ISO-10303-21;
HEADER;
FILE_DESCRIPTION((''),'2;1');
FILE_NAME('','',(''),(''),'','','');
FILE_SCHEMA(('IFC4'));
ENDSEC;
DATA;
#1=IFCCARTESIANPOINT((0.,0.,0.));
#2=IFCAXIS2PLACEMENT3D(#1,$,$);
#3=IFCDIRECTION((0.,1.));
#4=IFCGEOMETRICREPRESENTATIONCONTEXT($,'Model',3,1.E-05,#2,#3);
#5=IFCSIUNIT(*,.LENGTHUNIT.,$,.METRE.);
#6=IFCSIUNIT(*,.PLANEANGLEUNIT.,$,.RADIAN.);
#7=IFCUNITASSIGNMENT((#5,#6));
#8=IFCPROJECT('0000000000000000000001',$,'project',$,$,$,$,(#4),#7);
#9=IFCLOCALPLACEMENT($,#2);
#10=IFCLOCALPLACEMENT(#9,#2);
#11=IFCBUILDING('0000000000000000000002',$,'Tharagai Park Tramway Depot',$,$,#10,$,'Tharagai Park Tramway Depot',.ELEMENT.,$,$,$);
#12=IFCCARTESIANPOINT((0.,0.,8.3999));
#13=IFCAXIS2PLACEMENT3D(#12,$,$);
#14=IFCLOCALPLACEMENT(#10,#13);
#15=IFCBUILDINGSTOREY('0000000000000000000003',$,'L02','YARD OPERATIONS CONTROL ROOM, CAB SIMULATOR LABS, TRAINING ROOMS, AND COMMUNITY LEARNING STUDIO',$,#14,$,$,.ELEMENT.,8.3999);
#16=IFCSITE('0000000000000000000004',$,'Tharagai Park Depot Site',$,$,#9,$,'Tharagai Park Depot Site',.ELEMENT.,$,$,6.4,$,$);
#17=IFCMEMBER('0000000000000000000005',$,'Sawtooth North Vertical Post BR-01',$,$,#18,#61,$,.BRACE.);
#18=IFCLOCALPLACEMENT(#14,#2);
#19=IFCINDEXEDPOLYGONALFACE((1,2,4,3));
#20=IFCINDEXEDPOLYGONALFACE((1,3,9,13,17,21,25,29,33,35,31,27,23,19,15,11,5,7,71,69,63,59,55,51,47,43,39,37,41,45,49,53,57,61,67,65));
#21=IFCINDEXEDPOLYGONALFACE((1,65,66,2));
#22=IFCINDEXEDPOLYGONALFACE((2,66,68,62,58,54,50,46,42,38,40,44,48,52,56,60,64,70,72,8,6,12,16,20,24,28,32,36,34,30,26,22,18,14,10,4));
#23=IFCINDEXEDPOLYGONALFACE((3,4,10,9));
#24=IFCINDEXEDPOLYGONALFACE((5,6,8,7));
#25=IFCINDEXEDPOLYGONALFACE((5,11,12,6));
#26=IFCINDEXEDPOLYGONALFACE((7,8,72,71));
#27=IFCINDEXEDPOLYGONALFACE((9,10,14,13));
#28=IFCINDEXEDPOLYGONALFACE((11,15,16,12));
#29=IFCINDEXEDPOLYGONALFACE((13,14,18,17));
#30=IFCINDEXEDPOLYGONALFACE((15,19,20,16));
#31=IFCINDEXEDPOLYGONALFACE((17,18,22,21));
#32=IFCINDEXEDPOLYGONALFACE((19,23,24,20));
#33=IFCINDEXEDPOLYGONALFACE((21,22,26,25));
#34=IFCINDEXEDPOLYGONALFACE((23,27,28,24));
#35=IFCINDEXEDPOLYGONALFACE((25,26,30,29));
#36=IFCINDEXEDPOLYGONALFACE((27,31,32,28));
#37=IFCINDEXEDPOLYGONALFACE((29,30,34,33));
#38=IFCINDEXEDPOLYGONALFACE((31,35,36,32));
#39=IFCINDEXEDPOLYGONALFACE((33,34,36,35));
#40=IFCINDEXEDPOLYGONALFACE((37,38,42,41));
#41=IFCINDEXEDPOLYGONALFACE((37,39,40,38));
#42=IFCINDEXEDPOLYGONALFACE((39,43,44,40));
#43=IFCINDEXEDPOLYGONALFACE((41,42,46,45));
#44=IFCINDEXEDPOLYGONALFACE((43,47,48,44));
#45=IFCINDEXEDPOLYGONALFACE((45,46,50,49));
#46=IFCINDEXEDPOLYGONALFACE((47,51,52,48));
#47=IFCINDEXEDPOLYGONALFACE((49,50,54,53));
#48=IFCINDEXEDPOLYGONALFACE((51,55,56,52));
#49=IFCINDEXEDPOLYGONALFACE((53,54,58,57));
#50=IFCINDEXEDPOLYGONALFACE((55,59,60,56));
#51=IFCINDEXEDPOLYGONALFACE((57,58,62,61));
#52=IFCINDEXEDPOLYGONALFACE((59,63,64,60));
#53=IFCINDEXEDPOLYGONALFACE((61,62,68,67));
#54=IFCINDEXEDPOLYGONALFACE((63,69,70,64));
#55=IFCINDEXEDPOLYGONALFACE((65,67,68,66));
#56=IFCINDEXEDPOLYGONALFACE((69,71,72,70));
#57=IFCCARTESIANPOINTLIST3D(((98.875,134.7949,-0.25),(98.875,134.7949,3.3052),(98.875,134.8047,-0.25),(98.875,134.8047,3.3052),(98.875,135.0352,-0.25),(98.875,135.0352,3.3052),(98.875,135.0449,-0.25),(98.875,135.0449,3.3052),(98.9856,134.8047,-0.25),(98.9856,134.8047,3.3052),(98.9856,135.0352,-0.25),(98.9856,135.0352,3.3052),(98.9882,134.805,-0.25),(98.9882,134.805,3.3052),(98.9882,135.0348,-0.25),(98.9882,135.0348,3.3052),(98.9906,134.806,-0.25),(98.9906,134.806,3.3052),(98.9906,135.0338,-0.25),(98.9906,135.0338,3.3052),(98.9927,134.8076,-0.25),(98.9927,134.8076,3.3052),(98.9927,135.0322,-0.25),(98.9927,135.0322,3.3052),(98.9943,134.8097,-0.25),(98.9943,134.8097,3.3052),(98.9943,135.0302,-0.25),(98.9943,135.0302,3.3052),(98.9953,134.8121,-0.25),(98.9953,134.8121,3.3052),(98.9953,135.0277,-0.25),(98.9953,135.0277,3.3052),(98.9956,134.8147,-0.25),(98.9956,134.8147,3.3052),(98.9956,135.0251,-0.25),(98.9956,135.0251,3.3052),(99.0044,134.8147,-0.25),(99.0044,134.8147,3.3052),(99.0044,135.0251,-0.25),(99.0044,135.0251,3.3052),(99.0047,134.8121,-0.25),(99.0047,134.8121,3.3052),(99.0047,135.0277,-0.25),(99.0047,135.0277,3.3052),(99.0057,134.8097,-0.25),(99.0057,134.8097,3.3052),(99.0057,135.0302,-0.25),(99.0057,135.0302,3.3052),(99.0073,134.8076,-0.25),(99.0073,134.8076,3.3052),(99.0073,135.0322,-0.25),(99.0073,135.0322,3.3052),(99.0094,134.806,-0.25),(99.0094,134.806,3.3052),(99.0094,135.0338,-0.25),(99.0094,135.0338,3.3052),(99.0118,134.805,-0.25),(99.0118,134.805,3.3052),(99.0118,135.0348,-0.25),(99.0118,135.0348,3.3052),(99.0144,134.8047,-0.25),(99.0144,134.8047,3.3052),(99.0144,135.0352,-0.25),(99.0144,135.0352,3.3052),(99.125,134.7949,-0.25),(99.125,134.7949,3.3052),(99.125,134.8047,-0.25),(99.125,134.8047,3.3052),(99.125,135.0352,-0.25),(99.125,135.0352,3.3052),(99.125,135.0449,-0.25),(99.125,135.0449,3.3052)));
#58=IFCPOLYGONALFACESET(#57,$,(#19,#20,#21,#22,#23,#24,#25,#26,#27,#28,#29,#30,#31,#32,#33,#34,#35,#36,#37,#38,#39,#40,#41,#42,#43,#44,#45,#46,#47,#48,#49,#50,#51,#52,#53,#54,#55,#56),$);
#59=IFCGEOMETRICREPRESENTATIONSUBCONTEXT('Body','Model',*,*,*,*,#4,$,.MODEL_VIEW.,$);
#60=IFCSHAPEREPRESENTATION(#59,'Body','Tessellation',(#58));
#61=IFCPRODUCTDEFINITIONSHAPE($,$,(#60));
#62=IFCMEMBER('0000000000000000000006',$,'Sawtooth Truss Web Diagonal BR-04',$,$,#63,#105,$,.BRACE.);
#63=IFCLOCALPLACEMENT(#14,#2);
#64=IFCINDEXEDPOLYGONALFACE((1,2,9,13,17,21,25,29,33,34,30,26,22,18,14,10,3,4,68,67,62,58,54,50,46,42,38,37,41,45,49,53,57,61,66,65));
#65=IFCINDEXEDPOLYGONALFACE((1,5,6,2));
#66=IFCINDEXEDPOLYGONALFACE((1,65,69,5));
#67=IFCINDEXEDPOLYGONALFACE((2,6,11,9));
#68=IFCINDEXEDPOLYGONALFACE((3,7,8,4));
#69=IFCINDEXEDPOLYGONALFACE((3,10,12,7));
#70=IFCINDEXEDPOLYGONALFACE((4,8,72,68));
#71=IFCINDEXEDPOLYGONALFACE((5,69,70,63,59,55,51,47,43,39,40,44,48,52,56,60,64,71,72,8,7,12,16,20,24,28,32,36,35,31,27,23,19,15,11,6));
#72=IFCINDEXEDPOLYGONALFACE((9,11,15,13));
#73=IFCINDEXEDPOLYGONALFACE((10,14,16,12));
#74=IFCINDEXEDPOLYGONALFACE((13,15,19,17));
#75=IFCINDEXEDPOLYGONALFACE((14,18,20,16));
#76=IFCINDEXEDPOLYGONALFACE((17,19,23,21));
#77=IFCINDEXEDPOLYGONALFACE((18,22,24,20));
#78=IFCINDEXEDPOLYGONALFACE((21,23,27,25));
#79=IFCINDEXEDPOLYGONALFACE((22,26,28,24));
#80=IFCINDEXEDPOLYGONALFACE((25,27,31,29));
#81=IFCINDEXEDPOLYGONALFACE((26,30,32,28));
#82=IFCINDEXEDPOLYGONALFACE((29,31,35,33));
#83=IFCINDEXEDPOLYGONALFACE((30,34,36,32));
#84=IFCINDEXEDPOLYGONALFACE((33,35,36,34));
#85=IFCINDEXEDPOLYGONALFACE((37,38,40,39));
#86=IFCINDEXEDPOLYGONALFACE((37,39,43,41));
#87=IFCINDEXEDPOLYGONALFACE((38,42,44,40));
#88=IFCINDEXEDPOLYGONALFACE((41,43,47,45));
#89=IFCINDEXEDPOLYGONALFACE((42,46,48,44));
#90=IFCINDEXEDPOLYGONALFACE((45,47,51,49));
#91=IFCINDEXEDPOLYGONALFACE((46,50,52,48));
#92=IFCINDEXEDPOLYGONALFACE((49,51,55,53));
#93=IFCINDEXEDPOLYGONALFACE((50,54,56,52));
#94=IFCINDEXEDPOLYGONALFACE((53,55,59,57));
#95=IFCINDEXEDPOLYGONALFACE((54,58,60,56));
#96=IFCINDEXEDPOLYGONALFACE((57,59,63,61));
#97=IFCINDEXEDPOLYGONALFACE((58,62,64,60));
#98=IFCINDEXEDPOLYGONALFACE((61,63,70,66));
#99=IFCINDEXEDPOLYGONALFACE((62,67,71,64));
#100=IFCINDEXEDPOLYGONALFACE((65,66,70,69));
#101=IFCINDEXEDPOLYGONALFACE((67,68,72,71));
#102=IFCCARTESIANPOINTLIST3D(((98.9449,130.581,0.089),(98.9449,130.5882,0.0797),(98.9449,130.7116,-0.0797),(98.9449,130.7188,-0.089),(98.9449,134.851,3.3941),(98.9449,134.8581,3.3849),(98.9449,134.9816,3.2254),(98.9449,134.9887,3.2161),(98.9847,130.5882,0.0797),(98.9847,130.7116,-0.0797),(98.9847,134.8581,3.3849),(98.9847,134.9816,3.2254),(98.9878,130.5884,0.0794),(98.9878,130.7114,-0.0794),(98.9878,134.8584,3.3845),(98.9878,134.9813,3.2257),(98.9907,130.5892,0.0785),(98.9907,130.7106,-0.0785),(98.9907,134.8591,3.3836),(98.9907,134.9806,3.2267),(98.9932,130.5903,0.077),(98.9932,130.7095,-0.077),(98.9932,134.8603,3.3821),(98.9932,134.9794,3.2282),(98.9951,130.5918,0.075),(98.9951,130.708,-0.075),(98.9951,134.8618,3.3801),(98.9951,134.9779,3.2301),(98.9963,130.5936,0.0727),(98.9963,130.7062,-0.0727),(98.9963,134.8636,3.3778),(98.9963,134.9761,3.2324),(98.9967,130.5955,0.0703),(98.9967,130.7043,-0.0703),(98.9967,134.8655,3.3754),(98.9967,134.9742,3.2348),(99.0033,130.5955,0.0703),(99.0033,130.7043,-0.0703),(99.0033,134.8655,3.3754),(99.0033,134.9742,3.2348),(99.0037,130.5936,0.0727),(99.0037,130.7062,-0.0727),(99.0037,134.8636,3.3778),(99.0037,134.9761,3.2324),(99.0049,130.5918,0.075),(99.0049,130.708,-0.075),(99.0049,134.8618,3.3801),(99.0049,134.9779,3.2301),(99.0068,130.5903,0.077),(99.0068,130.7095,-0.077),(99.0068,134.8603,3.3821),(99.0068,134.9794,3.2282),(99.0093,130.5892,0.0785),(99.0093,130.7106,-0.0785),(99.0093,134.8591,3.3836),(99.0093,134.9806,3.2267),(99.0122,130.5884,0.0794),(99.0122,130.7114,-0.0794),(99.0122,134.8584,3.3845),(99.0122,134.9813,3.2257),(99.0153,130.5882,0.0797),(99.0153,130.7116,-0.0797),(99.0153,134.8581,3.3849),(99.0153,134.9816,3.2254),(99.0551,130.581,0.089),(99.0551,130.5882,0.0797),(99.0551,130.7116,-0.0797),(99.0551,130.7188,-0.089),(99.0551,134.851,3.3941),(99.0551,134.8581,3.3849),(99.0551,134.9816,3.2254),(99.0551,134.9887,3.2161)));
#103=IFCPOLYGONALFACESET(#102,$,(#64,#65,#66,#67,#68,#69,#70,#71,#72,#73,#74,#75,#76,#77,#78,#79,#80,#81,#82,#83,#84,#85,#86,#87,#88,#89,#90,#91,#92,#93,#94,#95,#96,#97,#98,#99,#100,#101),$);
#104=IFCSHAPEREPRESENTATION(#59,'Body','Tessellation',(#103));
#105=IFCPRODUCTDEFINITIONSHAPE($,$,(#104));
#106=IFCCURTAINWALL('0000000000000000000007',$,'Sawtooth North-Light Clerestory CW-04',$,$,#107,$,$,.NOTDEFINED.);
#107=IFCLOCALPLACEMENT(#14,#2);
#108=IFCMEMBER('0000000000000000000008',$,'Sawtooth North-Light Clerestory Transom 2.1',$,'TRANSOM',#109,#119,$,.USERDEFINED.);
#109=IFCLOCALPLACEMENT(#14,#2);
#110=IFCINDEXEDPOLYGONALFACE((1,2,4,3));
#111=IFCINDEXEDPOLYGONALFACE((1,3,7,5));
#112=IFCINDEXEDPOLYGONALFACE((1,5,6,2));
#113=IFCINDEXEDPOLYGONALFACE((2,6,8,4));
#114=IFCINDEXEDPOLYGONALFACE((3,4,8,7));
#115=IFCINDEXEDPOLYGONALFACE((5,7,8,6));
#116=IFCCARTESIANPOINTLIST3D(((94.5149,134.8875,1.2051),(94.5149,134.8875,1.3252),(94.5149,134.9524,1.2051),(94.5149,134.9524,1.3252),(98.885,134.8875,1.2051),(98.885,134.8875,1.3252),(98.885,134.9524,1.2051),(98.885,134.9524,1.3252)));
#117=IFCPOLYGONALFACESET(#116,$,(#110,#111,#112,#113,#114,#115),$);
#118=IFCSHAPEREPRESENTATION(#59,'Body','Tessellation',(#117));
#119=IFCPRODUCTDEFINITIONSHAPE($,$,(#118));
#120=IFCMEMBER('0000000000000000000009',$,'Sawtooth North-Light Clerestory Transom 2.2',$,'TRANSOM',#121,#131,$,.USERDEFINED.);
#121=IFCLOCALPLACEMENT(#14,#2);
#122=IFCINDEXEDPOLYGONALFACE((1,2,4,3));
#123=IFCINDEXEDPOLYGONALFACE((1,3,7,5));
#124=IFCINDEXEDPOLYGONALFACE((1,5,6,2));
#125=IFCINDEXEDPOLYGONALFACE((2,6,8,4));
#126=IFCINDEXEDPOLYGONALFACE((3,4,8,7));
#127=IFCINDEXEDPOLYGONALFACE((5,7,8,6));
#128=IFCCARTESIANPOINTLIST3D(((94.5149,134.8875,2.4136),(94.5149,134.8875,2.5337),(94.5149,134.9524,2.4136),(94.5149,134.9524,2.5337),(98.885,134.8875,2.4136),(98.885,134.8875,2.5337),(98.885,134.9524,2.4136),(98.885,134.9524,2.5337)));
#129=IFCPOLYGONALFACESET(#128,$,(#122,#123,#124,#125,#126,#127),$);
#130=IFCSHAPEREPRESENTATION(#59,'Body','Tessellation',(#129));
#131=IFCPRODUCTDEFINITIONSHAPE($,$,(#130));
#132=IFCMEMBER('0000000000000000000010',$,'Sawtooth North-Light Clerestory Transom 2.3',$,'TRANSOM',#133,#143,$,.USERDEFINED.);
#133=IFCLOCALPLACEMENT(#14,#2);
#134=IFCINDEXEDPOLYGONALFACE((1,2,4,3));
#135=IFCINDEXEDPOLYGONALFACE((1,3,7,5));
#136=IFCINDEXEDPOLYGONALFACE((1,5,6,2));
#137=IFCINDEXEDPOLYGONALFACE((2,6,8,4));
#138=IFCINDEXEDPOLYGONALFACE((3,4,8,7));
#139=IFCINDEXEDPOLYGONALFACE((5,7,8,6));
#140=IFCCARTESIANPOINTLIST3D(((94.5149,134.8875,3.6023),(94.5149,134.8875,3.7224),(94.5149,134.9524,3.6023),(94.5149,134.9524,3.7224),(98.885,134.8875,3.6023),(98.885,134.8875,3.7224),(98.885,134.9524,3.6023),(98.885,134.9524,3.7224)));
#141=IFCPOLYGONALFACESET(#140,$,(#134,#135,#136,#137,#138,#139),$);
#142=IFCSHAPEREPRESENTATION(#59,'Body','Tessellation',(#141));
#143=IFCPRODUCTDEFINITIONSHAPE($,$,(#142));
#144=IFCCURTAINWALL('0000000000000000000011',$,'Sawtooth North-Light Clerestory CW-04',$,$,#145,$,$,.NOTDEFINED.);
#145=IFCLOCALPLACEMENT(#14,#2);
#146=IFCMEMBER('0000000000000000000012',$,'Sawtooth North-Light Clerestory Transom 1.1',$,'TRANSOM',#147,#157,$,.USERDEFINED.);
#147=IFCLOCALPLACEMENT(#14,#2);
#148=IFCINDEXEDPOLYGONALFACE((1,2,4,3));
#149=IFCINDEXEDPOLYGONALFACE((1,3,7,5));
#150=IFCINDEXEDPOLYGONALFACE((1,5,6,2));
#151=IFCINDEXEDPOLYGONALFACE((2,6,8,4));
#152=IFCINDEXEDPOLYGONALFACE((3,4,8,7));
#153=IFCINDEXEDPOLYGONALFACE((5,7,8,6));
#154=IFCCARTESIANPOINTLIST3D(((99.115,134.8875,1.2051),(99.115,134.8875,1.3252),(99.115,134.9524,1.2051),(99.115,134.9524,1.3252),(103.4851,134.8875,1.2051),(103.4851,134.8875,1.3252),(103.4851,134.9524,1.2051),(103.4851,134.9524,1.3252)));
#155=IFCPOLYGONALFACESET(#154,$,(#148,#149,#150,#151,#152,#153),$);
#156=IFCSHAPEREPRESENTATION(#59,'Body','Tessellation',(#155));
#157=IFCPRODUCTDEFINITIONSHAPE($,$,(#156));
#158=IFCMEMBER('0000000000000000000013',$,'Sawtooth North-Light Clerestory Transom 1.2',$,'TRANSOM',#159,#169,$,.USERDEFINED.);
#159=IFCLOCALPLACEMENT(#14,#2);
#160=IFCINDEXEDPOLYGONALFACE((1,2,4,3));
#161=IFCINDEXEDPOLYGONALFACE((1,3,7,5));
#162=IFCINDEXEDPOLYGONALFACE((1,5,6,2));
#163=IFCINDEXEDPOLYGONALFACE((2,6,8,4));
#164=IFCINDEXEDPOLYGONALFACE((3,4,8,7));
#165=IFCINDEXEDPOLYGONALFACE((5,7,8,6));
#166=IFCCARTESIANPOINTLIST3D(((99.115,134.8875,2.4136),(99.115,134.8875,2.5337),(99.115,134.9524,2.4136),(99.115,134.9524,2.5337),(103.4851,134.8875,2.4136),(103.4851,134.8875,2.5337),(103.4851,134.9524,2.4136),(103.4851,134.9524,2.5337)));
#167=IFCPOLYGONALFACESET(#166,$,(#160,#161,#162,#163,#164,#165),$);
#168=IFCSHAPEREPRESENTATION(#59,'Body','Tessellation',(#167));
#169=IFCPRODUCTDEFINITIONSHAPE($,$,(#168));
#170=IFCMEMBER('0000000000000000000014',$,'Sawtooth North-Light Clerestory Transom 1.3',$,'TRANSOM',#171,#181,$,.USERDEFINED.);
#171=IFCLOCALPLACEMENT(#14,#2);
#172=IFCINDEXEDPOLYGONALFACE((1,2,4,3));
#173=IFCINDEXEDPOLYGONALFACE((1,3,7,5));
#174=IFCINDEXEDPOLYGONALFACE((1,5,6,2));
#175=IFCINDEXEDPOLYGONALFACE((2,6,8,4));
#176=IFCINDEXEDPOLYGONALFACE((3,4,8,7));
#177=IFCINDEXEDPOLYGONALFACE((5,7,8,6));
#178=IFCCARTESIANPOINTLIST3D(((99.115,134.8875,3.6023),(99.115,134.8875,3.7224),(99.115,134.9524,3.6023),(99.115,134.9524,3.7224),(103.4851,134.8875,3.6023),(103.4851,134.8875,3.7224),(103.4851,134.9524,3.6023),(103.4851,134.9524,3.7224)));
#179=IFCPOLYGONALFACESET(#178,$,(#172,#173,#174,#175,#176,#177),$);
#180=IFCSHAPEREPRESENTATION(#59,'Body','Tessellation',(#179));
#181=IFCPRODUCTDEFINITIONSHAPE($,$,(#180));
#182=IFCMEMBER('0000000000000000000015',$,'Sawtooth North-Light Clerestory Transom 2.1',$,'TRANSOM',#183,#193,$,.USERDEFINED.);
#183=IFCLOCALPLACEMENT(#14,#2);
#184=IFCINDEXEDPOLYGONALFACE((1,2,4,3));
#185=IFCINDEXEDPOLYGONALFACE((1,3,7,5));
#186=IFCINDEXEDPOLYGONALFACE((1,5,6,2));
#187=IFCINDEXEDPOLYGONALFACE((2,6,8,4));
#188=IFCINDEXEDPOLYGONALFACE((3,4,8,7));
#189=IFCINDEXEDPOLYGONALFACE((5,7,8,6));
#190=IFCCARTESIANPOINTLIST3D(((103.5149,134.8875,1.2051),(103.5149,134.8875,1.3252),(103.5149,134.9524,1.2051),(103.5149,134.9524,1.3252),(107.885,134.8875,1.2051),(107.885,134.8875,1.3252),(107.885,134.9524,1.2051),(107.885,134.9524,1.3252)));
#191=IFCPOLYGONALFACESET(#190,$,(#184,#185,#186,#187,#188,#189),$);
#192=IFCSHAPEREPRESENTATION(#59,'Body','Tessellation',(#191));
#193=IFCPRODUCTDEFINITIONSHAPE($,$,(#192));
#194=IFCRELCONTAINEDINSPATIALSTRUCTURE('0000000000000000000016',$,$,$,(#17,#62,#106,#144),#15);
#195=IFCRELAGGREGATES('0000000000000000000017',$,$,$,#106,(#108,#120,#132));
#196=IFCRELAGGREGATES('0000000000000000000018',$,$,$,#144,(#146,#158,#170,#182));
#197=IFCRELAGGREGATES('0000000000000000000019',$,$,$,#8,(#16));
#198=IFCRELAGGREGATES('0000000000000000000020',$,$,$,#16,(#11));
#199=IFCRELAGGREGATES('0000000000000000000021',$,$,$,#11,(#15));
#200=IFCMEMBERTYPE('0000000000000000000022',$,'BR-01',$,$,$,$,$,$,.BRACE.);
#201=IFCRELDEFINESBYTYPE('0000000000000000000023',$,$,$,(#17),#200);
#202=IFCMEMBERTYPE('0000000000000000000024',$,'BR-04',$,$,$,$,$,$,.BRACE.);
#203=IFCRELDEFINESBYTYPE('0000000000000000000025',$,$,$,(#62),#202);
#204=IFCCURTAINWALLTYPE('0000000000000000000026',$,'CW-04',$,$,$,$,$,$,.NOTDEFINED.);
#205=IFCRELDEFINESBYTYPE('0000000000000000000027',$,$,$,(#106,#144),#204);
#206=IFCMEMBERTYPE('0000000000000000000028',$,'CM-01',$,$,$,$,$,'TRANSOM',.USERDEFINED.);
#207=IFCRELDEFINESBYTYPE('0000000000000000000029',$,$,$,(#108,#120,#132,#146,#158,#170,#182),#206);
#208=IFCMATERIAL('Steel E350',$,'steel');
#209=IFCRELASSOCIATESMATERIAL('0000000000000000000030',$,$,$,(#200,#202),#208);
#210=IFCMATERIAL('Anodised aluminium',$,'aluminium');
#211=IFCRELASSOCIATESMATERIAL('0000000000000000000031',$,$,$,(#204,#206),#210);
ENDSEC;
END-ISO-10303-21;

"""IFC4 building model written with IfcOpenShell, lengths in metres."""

from ifc_helpers import new_model, si_unit, direction, frame, origin, origin_2d, place, context, subcontext, project, spatial, rectangle, i_section, extrude, material, material_profile, profile_set, type_object, element, aggregate, save


model = new_model("IFC4")

# Units and contexts
model_context = context("Model", 3, precision=1e-05, world=origin(), true_north=direction((0.0, 1.0)))
body_context = subcontext(model_context, "Body", "Model", "MODEL_VIEW")
ifc_project = project(units=[si_unit("LENGTHUNIT", "METRE"), si_unit("PLANEANGLEUNIT", "RADIAN")], contexts=[model_context])

# Site, building, storey
site_placement = place(None, origin())
site = spatial("IfcSite", under=ifc_project, at=site_placement, Name="Tharagai Park Depot Site", LongName="Tharagai Park Depot Site", CompositionType="ELEMENT", RefElevation=6.4)
building_placement = place(site_placement, origin())
building = spatial("IfcBuilding", under=site, at=building_placement, Name="Tharagai Park Tramway Depot", LongName="Tharagai Park Tramway Depot", CompositionType="ELEMENT")
storey_placement = place(building_placement, frame((0.0, 0.0, 8.3999)))
storey = spatial("IfcBuildingStorey", under=building, at=storey_placement, Name="L02", Description="YARD OPERATIONS CONTROL ROOM, CAB SIMULATOR LABS, TRAINING ROOMS, AND COMMUNITY LEARNING STUDIO", CompositionType="ELEMENT", Elevation=8.3999)

# Members
ifc_material_1 = material(Name="Steel E350", Category="steel")
ifc_material_profile_1 = material_profile(ifc_material_1, i_section(OverallWidth=0.25, OverallDepth=0.25, WebThickness=0.0088, FlangeThickness=0.0098, FilletRadius=0.01, at=origin_2d()), Name="ISHB 250")
ifc_profile_set_1 = profile_set([ifc_material_profile_1], Name="Steel E350")
member_type_1 = type_object("IfcMemberType", Name="BR-01", PredefinedType="BRACE", material=ifc_profile_set_1)
member_1_placement = place(storey_placement, frame((99.0, 134.9199, -0.25), z_axis=(0.0, 0.0, 1.0), x_axis=(1.0, 0.0, 0.0)))
element("IfcMember", 1, at=member_1_placement, inside=storey, type_object=member_type_1, Name="Sawtooth North Vertical Post BR-01", PredefinedType="BRACE", context=body_context, shape_type="SweptSolid", body=[
    extrude(i_section(OverallWidth=0.25, OverallDepth=0.25, WebThickness=0.0088, FlangeThickness=0.0098, FilletRadius=0.01, at=origin_2d()), origin(), (0.0, 0.0, 1.0), 3.5552),
])
ifc_material_profile_2 = material_profile(ifc_material_1, i_section(OverallWidth=0.1101, OverallDepth=0.2251, WebThickness=0.0066, FlangeThickness=0.0117, FilletRadius=0.012, at=origin_2d()), Name="ISMB 225")
ifc_profile_set_2 = profile_set([ifc_material_profile_2], Name="Steel E350")
member_type_2 = type_object("IfcMemberType", Name="BR-04", PredefinedType="BRACE", material=ifc_profile_set_2)
member_2_placement = place(storey_placement, frame((99.0, 130.6499, 0.0), z_axis=(0.0, 0.790782, 0.612098), x_axis=(-1.0, 0.0, 0.0)))
element("IfcMember", 2, at=member_2_placement, inside=storey, type_object=member_type_2, Name="Sawtooth Truss Web Diagonal BR-04", PredefinedType="BRACE", context=body_context, shape_type="SweptSolid", body=[
    extrude(i_section(OverallWidth=0.1101, OverallDepth=0.2251, WebThickness=0.0066, FlangeThickness=0.0117, FilletRadius=0.012, at=origin_2d()), origin(), (0.0, 0.0, 1.0), 5.3997),
])

# Curtain walls, members
ifc_material_2 = material(Name="Anodised aluminium", Category="aluminium")
curtain_wall_type = type_object("IfcCurtainWallType", Name="CW-04", PredefinedType="NOTDEFINED", material=ifc_material_2)
curtain_wall_1_placement = place(storey_placement, origin())
curtain_wall_1 = element("IfcCurtainWall", 3, at=curtain_wall_1_placement, inside=storey, type_object=curtain_wall_type, Name="Sawtooth North-Light Clerestory CW-04", PredefinedType="NOTDEFINED")
ifc_material_profile_3 = material_profile(ifc_material_2, rectangle(XDim=0.0649, YDim=0.1201, at=origin_2d()), Name="ALU 65x120")
ifc_profile_set_3 = profile_set([ifc_material_profile_3], Name="Anodised aluminium")
member_type_3 = type_object("IfcMemberType", Name="CM-01", ElementType="TRANSOM", PredefinedType="USERDEFINED", material=ifc_profile_set_3)
member_3_placement = place(storey_placement, frame((94.5149, 134.9199, 1.2651), z_axis=(1.0, 0.0, 0.0), x_axis=(0.0, 1.0, 0.0)))
member_3 = element("IfcMember", 4, at=member_3_placement, type_object=member_type_3, Name="Sawtooth North-Light Clerestory Transom 2.1", ObjectType="TRANSOM", PredefinedType="USERDEFINED", context=body_context, shape_type="SweptSolid", body=[
    extrude(rectangle(XDim=0.0649, YDim=0.1201, at=origin_2d()), origin(), (0.0, 0.0, 1.0), 4.3701),
])
member_4_placement = place(storey_placement, frame((94.5149, 134.9199, 2.4736), z_axis=(1.0, 0.0, 0.0), x_axis=(0.0, 1.0, 0.0)))
member_4 = element("IfcMember", 5, at=member_4_placement, type_object=member_type_3, Name="Sawtooth North-Light Clerestory Transom 2.2", ObjectType="TRANSOM", PredefinedType="USERDEFINED", context=body_context, shape_type="SweptSolid", body=[
    extrude(rectangle(XDim=0.0649, YDim=0.1201, at=origin_2d()), origin(), (0.0, 0.0, 1.0), 4.3701),
])
member_5_placement = place(storey_placement, frame((94.5149, 134.9199, 3.6624), z_axis=(1.0, 0.0, 0.0), x_axis=(0.0, 1.0, 0.0)))
member_5 = element("IfcMember", 6, at=member_5_placement, type_object=member_type_3, Name="Sawtooth North-Light Clerestory Transom 2.3", ObjectType="TRANSOM", PredefinedType="USERDEFINED", context=body_context, shape_type="SweptSolid", body=[
    extrude(rectangle(XDim=0.0649, YDim=0.1201, at=origin_2d()), origin(), (0.0, 0.0, 1.0), 4.3701),
])
curtain_wall_2_placement = place(storey_placement, origin())
curtain_wall_2 = element("IfcCurtainWall", 7, at=curtain_wall_2_placement, inside=storey, type_object=curtain_wall_type, Name="Sawtooth North-Light Clerestory CW-04", PredefinedType="NOTDEFINED")
member_6_placement = place(storey_placement, frame((99.115, 134.9199, 1.2651), z_axis=(1.0, 0.0, 0.0), x_axis=(0.0, 1.0, 0.0)))
member_6 = element("IfcMember", 8, at=member_6_placement, type_object=member_type_3, Name="Sawtooth North-Light Clerestory Transom 1.1", ObjectType="TRANSOM", PredefinedType="USERDEFINED", context=body_context, shape_type="SweptSolid", body=[
    extrude(rectangle(XDim=0.0649, YDim=0.1201, at=origin_2d()), origin(), (0.0, 0.0, 1.0), 4.3701),
])
member_7_placement = place(storey_placement, frame((99.115, 134.9199, 2.4736), z_axis=(1.0, 0.0, 0.0), x_axis=(0.0, 1.0, 0.0)))
member_7 = element("IfcMember", 9, at=member_7_placement, type_object=member_type_3, Name="Sawtooth North-Light Clerestory Transom 1.2", ObjectType="TRANSOM", PredefinedType="USERDEFINED", context=body_context, shape_type="SweptSolid", body=[
    extrude(rectangle(XDim=0.0649, YDim=0.1201, at=origin_2d()), origin(), (0.0, 0.0, 1.0), 4.3701),
])
member_8_placement = place(storey_placement, frame((99.115, 134.9199, 3.6624), z_axis=(1.0, 0.0, 0.0), x_axis=(0.0, 1.0, 0.0)))
member_8 = element("IfcMember", 10, at=member_8_placement, type_object=member_type_3, Name="Sawtooth North-Light Clerestory Transom 1.3", ObjectType="TRANSOM", PredefinedType="USERDEFINED", context=body_context, shape_type="SweptSolid", body=[
    extrude(rectangle(XDim=0.0649, YDim=0.1201, at=origin_2d()), origin(), (0.0, 0.0, 1.0), 4.3701),
])
member_9_placement = place(storey_placement, frame((103.5149, 134.9199, 1.2651), z_axis=(1.0, 0.0, 0.0), x_axis=(0.0, 1.0, 0.0)))
member_9 = element("IfcMember", 11, at=member_9_placement, type_object=member_type_3, Name="Sawtooth North-Light Clerestory Transom 2.1", ObjectType="TRANSOM", PredefinedType="USERDEFINED", context=body_context, shape_type="SweptSolid", body=[
    extrude(rectangle(XDim=0.0649, YDim=0.1201, at=origin_2d()), origin(), (0.0, 0.0, 1.0), 4.3701),
])

aggregate(curtain_wall_1, [member_3, member_4, member_5])
aggregate(curtain_wall_2, [member_6, member_7, member_8, member_9])

save(model, "model.ifc")
